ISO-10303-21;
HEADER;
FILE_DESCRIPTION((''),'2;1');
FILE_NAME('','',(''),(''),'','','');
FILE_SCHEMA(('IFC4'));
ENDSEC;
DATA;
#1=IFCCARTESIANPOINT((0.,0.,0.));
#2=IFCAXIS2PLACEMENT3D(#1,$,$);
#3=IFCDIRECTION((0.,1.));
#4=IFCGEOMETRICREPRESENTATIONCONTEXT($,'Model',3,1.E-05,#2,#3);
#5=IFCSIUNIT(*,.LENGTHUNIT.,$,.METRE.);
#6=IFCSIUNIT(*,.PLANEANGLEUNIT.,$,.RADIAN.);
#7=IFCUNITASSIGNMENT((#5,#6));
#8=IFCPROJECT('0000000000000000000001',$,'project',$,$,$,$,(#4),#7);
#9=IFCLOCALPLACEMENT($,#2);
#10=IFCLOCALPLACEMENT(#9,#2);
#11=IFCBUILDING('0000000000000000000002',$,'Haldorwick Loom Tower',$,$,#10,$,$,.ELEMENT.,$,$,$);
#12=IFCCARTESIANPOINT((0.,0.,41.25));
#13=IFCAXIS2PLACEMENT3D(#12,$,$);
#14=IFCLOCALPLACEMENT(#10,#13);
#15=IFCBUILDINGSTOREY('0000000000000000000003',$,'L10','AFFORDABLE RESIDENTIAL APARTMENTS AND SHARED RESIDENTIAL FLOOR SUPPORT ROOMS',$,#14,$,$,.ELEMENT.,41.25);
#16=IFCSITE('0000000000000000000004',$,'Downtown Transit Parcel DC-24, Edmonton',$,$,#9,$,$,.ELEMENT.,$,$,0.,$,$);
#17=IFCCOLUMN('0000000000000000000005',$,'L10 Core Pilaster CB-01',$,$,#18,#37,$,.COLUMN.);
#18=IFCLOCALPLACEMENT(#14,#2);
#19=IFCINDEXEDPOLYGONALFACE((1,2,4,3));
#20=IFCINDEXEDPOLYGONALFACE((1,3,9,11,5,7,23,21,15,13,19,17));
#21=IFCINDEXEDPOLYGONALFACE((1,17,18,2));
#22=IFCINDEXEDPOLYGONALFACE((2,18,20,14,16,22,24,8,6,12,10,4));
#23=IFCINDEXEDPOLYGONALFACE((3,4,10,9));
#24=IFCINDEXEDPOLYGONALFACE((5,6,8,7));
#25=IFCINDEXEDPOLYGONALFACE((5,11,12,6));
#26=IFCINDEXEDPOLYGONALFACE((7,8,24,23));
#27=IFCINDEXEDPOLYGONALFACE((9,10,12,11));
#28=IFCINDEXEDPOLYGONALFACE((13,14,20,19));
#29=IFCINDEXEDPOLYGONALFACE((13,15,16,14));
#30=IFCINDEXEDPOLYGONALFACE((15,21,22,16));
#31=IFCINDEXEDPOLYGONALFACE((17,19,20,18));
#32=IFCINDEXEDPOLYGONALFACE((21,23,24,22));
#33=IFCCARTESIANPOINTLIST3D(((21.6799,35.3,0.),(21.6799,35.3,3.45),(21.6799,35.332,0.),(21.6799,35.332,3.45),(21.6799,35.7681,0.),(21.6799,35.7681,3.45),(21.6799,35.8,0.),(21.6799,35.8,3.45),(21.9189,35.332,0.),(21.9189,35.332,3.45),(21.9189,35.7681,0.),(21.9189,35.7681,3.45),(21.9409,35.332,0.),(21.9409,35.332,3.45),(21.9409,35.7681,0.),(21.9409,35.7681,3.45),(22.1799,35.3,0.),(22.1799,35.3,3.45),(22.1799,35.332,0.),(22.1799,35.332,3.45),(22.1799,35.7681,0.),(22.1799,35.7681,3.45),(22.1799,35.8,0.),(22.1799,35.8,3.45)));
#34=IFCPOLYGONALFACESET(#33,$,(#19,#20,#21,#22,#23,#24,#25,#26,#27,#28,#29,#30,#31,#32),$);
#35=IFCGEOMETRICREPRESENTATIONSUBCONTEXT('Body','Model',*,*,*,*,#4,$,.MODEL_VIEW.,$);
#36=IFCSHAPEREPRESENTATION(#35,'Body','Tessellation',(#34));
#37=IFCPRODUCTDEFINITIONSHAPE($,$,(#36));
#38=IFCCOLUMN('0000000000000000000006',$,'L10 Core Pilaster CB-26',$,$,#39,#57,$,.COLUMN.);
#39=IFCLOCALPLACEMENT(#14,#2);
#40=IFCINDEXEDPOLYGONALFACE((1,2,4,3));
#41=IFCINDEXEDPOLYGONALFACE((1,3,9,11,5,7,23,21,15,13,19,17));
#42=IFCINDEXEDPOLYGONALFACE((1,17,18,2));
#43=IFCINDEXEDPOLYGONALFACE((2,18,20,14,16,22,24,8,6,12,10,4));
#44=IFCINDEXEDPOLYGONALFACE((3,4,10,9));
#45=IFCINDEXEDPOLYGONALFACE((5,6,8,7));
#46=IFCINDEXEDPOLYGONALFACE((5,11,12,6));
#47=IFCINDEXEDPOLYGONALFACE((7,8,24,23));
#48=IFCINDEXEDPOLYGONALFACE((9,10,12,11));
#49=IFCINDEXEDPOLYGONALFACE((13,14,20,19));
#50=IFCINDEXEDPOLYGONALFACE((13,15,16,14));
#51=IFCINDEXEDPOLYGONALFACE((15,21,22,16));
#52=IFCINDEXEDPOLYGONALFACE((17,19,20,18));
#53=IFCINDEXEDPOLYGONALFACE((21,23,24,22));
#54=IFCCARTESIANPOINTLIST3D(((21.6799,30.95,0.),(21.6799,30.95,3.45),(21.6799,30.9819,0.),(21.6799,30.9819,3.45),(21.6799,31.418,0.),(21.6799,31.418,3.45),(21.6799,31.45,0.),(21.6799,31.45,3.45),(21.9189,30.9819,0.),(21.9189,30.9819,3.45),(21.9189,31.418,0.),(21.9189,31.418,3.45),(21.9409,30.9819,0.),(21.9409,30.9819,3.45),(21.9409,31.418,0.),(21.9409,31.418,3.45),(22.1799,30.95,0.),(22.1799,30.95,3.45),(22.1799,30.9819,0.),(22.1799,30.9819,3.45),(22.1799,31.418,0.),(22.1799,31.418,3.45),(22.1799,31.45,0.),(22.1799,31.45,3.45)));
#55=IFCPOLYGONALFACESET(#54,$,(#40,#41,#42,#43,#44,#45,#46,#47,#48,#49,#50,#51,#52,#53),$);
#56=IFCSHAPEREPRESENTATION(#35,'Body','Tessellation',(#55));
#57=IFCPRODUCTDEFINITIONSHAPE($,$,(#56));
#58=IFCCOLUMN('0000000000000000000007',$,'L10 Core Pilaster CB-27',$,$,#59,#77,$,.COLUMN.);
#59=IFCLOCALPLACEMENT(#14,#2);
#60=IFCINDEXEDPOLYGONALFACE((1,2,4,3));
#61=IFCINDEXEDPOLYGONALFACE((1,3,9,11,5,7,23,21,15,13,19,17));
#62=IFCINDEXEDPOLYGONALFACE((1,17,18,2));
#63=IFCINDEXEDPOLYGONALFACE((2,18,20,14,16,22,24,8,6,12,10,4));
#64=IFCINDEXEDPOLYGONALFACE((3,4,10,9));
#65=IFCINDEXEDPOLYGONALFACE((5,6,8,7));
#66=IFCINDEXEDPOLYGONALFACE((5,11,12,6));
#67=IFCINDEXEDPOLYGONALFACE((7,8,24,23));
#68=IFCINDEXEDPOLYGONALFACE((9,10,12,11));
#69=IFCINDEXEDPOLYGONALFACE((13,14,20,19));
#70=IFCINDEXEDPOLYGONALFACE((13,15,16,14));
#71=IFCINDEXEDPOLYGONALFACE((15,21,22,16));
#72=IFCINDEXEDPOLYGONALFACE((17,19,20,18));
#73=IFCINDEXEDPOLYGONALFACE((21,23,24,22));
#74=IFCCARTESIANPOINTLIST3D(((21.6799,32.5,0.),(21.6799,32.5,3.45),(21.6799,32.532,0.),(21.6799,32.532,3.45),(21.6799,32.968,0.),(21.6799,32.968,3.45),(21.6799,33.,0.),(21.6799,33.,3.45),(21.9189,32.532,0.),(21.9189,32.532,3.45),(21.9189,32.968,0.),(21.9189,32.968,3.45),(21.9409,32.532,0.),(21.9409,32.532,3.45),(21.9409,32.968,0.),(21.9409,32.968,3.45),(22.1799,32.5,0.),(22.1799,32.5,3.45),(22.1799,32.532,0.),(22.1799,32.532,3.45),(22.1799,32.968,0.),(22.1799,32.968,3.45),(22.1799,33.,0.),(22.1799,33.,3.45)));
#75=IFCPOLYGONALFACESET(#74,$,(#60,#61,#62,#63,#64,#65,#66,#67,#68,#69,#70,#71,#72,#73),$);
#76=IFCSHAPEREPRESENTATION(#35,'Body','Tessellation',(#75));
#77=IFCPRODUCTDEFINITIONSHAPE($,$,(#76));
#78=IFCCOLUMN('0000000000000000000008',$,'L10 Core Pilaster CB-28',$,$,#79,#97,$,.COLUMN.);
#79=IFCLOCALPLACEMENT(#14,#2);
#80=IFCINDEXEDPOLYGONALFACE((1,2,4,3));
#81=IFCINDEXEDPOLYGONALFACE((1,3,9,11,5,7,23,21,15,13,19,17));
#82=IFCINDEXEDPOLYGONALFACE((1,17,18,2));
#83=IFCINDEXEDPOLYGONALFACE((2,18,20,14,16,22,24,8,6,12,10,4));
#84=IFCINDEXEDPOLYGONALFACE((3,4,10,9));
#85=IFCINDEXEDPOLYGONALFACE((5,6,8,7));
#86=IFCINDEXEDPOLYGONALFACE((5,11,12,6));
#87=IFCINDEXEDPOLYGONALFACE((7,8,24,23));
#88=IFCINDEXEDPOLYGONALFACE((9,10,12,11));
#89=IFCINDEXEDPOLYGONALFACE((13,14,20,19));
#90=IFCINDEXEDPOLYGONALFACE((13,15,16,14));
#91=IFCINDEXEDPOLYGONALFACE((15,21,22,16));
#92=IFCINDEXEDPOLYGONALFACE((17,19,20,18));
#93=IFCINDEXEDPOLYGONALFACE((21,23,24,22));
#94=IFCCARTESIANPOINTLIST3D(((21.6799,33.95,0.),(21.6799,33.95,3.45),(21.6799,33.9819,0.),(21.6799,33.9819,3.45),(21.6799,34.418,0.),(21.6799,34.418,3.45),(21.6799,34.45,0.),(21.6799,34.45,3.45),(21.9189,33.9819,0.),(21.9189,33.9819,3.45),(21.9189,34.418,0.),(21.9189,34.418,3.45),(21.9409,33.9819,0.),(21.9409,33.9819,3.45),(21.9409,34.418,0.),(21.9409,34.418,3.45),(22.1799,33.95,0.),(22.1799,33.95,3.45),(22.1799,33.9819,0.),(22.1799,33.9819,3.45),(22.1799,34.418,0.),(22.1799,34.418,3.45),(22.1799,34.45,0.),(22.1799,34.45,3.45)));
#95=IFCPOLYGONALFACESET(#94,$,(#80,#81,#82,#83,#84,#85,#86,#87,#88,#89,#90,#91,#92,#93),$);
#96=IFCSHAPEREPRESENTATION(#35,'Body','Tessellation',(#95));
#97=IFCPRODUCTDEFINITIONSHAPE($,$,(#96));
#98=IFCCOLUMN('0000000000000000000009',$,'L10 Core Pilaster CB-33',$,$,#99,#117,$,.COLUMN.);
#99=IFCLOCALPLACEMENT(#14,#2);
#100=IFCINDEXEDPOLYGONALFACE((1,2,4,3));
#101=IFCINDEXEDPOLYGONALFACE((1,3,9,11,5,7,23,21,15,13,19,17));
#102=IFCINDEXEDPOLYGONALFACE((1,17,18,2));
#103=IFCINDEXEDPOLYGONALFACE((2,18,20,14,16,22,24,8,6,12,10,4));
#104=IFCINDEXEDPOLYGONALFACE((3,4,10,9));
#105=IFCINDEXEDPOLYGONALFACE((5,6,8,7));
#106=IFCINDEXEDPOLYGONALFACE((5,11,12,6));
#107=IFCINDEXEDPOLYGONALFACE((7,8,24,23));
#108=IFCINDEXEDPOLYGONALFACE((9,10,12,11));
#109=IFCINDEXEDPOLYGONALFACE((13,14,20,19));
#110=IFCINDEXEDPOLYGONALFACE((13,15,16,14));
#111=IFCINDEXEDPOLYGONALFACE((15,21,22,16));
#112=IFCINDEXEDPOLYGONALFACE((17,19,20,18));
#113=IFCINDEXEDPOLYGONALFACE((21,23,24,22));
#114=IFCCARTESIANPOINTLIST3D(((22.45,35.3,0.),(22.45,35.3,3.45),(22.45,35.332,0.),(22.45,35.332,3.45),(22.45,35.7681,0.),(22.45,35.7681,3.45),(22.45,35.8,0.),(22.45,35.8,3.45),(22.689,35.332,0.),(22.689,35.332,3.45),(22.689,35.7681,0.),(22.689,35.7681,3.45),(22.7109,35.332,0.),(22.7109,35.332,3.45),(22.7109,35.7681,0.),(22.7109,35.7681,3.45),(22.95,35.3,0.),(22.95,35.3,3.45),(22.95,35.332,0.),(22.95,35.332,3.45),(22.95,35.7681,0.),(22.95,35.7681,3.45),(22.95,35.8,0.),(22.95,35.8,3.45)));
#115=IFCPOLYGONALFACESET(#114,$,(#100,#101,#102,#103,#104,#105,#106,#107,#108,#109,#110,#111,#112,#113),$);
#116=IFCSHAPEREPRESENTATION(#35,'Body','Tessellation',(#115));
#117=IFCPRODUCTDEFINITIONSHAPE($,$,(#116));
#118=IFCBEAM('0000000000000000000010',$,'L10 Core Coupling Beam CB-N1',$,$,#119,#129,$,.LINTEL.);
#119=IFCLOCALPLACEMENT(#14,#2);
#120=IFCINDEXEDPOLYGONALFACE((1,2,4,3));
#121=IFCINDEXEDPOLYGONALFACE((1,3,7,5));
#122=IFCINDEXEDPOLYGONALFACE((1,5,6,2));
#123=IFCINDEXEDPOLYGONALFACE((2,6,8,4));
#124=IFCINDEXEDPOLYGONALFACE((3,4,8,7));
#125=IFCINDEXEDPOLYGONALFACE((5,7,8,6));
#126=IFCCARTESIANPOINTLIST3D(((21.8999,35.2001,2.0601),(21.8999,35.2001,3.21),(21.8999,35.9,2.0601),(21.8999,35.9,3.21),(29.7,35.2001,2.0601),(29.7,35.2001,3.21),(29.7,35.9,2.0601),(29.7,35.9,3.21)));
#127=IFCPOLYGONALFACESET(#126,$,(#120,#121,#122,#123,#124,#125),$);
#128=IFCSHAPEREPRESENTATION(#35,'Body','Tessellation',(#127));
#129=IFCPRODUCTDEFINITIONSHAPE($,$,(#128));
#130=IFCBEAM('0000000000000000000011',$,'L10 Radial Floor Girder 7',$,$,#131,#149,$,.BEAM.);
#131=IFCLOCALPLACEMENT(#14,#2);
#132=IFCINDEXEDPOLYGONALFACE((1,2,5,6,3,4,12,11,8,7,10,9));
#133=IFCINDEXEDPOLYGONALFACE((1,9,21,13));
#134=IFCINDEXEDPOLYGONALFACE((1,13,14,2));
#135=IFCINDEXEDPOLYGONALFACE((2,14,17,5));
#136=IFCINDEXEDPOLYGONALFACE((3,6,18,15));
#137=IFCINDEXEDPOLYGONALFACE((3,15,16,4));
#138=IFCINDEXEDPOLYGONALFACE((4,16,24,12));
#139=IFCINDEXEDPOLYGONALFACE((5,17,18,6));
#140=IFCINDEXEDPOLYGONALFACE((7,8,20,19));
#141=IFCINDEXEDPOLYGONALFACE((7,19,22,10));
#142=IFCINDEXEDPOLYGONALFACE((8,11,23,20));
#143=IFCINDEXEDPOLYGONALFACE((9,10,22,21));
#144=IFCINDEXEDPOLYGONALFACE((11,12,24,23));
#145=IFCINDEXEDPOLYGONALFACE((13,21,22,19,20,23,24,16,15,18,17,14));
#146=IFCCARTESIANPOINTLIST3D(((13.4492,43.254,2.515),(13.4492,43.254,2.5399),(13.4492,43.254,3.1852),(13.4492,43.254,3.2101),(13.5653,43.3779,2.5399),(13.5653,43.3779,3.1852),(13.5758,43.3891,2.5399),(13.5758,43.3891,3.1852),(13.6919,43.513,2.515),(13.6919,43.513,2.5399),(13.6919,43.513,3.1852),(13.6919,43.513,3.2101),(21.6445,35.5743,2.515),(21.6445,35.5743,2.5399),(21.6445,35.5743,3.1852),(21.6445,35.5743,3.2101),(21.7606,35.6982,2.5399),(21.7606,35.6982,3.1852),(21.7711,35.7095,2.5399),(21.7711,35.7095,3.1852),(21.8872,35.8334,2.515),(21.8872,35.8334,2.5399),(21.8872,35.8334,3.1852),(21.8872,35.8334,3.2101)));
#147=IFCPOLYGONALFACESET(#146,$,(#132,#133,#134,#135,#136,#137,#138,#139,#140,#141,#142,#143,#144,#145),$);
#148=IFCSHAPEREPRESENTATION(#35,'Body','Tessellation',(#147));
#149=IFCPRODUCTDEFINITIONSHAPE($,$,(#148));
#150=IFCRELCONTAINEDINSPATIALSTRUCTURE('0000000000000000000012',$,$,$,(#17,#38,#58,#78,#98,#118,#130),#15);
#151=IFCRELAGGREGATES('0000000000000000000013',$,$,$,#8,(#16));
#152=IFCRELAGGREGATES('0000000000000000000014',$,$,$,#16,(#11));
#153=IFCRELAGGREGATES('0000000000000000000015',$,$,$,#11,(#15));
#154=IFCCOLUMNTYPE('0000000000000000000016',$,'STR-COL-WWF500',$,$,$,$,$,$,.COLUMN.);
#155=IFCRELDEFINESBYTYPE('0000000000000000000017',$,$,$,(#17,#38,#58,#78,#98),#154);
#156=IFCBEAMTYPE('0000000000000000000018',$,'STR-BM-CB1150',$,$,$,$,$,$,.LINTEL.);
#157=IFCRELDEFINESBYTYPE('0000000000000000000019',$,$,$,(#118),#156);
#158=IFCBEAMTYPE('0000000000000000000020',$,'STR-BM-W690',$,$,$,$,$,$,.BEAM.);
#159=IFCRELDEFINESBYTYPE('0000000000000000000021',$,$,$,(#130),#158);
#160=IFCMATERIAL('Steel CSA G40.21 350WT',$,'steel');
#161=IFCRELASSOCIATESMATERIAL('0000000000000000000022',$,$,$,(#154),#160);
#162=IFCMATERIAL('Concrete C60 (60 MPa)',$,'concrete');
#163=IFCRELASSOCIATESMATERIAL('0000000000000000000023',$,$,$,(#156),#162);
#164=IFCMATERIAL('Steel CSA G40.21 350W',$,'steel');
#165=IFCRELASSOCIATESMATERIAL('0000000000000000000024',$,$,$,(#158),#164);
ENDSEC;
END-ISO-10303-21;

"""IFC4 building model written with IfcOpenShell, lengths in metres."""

from ifc_helpers import new_model, si_unit, direction, frame, origin, origin_2d, place, context, subcontext, project, spatial, rectangle, i_section, extrude, material, material_profile, profile_set, type_object, element, save


model = new_model("IFC4")

# Units and contexts
model_context = context("Model", 3, precision=1e-05, world=origin(), true_north=direction((0.0, 1.0)))
body_context = subcontext(model_context, "Body", "Model", "MODEL_VIEW")
ifc_project = project(units=[si_unit("LENGTHUNIT", "METRE"), si_unit("PLANEANGLEUNIT", "RADIAN")], contexts=[model_context])

# Site, building, storey
site_placement = place(None, origin())
site = spatial("IfcSite", under=ifc_project, at=site_placement, Name="Downtown Transit Parcel DC-24, Edmonton", CompositionType="ELEMENT", RefElevation=0.0)
building_placement = place(site_placement, origin())
building = spatial("IfcBuilding", under=site, at=building_placement, Name="Haldorwick Loom Tower", CompositionType="ELEMENT")
storey_placement = place(building_placement, frame((0.0, 0.0, 41.25)))
storey = spatial("IfcBuildingStorey", under=building, at=storey_placement, Name="L10", Description="AFFORDABLE RESIDENTIAL APARTMENTS AND SHARED RESIDENTIAL FLOOR SUPPORT ROOMS", CompositionType="ELEMENT", Elevation=41.25)

# Columns
ifc_material_1 = material(Name="Steel CSA G40.21 350WT", Category="steel")
ifc_material_profile_1 = material_profile(ifc_material_1, i_section(OverallWidth=0.5, OverallDepth=0.5, WebThickness=0.022, FlangeThickness=0.032, at=origin_2d()), Name="WWF500X500", Category="steel")
ifc_profile_set_1 = profile_set([ifc_material_profile_1], Name="Steel CSA G40.21 350WT")
column_type = type_object("IfcColumnType", Name="STR-COL-WWF500", PredefinedType="COLUMN", material=ifc_profile_set_1)
for number, where, z_axis, x_axis, name in (
    (1, (21.9299, 35.55, 0.0), (0.0, 0.0, 1.0), (1.0, 0.0, 0.0), "L10 Core Pilaster CB-01"),
    (2, (21.9299, 31.2, 0.0), (0.0, 0.0, 1.0), (1.0, 0.0, 0.0), "L10 Core Pilaster CB-26"),
    (3, (21.9299, 32.75, 0.0), (0.0, 0.0, 1.0), (1.0, 0.0, 0.0), "L10 Core Pilaster CB-27"),
    (4, (21.9299, 34.2, 0.0), (0.0, 0.0, 1.0), (1.0, 0.0, 0.0), "L10 Core Pilaster CB-28"),
    (5, (22.7, 35.55, 0.0), (0.0, 0.0, 1.0), (1.0, 0.0, 0.0), "L10 Core Pilaster CB-33"),
):
    element("IfcColumn", number, at=place(storey_placement, frame(where, z_axis=z_axis, x_axis=x_axis)), inside=storey, type_object=column_type, Name=name, PredefinedType="COLUMN", context=body_context, shape_type="SweptSolid", body=[
        extrude(i_section(OverallWidth=0.5, OverallDepth=0.5, WebThickness=0.022, FlangeThickness=0.032, at=origin_2d()), origin(), (0.0, 0.0, 1.0), 3.45),
    ])

# Beams
ifc_material_2 = material(Name="Concrete C60 (60 MPa)", Category="concrete")
ifc_material_profile_2 = material_profile(ifc_material_2, rectangle(XDim=0.7, YDim=1.1499, at=origin_2d()), Name="RC700X1150", Category="concrete")
ifc_profile_set_2 = profile_set([ifc_material_profile_2], Name="Concrete C60 (60 MPa)")
beam_type_1 = type_object("IfcBeamType", Name="STR-BM-CB1150", PredefinedType="LINTEL", material=ifc_profile_set_2)
beam_1_placement = place(storey_placement, frame((21.8999, 35.55, 2.635), z_axis=(1.0, 0.0, 0.0), x_axis=(0.0, 1.0, 0.0)))
element("IfcBeam", 6, at=beam_1_placement, inside=storey, type_object=beam_type_1, Name="L10 Core Coupling Beam CB-N1", PredefinedType="LINTEL", context=body_context, shape_type="SweptSolid", body=[
    extrude(rectangle(XDim=0.7, YDim=1.1499, at=origin_2d()), origin(), (0.0, 0.0, 1.0), 7.8),
])
ifc_material_3 = material(Name="Steel CSA G40.21 350W", Category="steel")
ifc_material_profile_3 = material_profile(ifc_material_3, i_section(OverallWidth=0.355, OverallDepth=0.6951, WebThickness=0.0154, FlangeThickness=0.0249, at=origin_2d()), Name="W690X217", Category="steel")
ifc_profile_set_3 = profile_set([ifc_material_profile_3], Name="Steel CSA G40.21 350W")
beam_type_2 = type_object("IfcBeamType", Name="STR-BM-W690", PredefinedType="BEAM", material=ifc_profile_set_3)
beam_2_placement = place(storey_placement, frame((21.7659, 35.7039, 2.8625), z_axis=(-0.729689, 0.683779, 0.0), x_axis=(-0.683779, -0.729689, 0.0)))
element("IfcBeam", 7, at=beam_2_placement, inside=storey, type_object=beam_type_2, Name="L10 Radial Floor Girder 7", PredefinedType="BEAM", context=body_context, shape_type="SweptSolid", body=[
    extrude(i_section(OverallWidth=0.355, OverallDepth=0.6951, WebThickness=0.0154, FlangeThickness=0.0249, at=origin_2d()), origin(), (0.0, 0.0, 1.0), 11.2312),
])

save(model, "model.ifc")
